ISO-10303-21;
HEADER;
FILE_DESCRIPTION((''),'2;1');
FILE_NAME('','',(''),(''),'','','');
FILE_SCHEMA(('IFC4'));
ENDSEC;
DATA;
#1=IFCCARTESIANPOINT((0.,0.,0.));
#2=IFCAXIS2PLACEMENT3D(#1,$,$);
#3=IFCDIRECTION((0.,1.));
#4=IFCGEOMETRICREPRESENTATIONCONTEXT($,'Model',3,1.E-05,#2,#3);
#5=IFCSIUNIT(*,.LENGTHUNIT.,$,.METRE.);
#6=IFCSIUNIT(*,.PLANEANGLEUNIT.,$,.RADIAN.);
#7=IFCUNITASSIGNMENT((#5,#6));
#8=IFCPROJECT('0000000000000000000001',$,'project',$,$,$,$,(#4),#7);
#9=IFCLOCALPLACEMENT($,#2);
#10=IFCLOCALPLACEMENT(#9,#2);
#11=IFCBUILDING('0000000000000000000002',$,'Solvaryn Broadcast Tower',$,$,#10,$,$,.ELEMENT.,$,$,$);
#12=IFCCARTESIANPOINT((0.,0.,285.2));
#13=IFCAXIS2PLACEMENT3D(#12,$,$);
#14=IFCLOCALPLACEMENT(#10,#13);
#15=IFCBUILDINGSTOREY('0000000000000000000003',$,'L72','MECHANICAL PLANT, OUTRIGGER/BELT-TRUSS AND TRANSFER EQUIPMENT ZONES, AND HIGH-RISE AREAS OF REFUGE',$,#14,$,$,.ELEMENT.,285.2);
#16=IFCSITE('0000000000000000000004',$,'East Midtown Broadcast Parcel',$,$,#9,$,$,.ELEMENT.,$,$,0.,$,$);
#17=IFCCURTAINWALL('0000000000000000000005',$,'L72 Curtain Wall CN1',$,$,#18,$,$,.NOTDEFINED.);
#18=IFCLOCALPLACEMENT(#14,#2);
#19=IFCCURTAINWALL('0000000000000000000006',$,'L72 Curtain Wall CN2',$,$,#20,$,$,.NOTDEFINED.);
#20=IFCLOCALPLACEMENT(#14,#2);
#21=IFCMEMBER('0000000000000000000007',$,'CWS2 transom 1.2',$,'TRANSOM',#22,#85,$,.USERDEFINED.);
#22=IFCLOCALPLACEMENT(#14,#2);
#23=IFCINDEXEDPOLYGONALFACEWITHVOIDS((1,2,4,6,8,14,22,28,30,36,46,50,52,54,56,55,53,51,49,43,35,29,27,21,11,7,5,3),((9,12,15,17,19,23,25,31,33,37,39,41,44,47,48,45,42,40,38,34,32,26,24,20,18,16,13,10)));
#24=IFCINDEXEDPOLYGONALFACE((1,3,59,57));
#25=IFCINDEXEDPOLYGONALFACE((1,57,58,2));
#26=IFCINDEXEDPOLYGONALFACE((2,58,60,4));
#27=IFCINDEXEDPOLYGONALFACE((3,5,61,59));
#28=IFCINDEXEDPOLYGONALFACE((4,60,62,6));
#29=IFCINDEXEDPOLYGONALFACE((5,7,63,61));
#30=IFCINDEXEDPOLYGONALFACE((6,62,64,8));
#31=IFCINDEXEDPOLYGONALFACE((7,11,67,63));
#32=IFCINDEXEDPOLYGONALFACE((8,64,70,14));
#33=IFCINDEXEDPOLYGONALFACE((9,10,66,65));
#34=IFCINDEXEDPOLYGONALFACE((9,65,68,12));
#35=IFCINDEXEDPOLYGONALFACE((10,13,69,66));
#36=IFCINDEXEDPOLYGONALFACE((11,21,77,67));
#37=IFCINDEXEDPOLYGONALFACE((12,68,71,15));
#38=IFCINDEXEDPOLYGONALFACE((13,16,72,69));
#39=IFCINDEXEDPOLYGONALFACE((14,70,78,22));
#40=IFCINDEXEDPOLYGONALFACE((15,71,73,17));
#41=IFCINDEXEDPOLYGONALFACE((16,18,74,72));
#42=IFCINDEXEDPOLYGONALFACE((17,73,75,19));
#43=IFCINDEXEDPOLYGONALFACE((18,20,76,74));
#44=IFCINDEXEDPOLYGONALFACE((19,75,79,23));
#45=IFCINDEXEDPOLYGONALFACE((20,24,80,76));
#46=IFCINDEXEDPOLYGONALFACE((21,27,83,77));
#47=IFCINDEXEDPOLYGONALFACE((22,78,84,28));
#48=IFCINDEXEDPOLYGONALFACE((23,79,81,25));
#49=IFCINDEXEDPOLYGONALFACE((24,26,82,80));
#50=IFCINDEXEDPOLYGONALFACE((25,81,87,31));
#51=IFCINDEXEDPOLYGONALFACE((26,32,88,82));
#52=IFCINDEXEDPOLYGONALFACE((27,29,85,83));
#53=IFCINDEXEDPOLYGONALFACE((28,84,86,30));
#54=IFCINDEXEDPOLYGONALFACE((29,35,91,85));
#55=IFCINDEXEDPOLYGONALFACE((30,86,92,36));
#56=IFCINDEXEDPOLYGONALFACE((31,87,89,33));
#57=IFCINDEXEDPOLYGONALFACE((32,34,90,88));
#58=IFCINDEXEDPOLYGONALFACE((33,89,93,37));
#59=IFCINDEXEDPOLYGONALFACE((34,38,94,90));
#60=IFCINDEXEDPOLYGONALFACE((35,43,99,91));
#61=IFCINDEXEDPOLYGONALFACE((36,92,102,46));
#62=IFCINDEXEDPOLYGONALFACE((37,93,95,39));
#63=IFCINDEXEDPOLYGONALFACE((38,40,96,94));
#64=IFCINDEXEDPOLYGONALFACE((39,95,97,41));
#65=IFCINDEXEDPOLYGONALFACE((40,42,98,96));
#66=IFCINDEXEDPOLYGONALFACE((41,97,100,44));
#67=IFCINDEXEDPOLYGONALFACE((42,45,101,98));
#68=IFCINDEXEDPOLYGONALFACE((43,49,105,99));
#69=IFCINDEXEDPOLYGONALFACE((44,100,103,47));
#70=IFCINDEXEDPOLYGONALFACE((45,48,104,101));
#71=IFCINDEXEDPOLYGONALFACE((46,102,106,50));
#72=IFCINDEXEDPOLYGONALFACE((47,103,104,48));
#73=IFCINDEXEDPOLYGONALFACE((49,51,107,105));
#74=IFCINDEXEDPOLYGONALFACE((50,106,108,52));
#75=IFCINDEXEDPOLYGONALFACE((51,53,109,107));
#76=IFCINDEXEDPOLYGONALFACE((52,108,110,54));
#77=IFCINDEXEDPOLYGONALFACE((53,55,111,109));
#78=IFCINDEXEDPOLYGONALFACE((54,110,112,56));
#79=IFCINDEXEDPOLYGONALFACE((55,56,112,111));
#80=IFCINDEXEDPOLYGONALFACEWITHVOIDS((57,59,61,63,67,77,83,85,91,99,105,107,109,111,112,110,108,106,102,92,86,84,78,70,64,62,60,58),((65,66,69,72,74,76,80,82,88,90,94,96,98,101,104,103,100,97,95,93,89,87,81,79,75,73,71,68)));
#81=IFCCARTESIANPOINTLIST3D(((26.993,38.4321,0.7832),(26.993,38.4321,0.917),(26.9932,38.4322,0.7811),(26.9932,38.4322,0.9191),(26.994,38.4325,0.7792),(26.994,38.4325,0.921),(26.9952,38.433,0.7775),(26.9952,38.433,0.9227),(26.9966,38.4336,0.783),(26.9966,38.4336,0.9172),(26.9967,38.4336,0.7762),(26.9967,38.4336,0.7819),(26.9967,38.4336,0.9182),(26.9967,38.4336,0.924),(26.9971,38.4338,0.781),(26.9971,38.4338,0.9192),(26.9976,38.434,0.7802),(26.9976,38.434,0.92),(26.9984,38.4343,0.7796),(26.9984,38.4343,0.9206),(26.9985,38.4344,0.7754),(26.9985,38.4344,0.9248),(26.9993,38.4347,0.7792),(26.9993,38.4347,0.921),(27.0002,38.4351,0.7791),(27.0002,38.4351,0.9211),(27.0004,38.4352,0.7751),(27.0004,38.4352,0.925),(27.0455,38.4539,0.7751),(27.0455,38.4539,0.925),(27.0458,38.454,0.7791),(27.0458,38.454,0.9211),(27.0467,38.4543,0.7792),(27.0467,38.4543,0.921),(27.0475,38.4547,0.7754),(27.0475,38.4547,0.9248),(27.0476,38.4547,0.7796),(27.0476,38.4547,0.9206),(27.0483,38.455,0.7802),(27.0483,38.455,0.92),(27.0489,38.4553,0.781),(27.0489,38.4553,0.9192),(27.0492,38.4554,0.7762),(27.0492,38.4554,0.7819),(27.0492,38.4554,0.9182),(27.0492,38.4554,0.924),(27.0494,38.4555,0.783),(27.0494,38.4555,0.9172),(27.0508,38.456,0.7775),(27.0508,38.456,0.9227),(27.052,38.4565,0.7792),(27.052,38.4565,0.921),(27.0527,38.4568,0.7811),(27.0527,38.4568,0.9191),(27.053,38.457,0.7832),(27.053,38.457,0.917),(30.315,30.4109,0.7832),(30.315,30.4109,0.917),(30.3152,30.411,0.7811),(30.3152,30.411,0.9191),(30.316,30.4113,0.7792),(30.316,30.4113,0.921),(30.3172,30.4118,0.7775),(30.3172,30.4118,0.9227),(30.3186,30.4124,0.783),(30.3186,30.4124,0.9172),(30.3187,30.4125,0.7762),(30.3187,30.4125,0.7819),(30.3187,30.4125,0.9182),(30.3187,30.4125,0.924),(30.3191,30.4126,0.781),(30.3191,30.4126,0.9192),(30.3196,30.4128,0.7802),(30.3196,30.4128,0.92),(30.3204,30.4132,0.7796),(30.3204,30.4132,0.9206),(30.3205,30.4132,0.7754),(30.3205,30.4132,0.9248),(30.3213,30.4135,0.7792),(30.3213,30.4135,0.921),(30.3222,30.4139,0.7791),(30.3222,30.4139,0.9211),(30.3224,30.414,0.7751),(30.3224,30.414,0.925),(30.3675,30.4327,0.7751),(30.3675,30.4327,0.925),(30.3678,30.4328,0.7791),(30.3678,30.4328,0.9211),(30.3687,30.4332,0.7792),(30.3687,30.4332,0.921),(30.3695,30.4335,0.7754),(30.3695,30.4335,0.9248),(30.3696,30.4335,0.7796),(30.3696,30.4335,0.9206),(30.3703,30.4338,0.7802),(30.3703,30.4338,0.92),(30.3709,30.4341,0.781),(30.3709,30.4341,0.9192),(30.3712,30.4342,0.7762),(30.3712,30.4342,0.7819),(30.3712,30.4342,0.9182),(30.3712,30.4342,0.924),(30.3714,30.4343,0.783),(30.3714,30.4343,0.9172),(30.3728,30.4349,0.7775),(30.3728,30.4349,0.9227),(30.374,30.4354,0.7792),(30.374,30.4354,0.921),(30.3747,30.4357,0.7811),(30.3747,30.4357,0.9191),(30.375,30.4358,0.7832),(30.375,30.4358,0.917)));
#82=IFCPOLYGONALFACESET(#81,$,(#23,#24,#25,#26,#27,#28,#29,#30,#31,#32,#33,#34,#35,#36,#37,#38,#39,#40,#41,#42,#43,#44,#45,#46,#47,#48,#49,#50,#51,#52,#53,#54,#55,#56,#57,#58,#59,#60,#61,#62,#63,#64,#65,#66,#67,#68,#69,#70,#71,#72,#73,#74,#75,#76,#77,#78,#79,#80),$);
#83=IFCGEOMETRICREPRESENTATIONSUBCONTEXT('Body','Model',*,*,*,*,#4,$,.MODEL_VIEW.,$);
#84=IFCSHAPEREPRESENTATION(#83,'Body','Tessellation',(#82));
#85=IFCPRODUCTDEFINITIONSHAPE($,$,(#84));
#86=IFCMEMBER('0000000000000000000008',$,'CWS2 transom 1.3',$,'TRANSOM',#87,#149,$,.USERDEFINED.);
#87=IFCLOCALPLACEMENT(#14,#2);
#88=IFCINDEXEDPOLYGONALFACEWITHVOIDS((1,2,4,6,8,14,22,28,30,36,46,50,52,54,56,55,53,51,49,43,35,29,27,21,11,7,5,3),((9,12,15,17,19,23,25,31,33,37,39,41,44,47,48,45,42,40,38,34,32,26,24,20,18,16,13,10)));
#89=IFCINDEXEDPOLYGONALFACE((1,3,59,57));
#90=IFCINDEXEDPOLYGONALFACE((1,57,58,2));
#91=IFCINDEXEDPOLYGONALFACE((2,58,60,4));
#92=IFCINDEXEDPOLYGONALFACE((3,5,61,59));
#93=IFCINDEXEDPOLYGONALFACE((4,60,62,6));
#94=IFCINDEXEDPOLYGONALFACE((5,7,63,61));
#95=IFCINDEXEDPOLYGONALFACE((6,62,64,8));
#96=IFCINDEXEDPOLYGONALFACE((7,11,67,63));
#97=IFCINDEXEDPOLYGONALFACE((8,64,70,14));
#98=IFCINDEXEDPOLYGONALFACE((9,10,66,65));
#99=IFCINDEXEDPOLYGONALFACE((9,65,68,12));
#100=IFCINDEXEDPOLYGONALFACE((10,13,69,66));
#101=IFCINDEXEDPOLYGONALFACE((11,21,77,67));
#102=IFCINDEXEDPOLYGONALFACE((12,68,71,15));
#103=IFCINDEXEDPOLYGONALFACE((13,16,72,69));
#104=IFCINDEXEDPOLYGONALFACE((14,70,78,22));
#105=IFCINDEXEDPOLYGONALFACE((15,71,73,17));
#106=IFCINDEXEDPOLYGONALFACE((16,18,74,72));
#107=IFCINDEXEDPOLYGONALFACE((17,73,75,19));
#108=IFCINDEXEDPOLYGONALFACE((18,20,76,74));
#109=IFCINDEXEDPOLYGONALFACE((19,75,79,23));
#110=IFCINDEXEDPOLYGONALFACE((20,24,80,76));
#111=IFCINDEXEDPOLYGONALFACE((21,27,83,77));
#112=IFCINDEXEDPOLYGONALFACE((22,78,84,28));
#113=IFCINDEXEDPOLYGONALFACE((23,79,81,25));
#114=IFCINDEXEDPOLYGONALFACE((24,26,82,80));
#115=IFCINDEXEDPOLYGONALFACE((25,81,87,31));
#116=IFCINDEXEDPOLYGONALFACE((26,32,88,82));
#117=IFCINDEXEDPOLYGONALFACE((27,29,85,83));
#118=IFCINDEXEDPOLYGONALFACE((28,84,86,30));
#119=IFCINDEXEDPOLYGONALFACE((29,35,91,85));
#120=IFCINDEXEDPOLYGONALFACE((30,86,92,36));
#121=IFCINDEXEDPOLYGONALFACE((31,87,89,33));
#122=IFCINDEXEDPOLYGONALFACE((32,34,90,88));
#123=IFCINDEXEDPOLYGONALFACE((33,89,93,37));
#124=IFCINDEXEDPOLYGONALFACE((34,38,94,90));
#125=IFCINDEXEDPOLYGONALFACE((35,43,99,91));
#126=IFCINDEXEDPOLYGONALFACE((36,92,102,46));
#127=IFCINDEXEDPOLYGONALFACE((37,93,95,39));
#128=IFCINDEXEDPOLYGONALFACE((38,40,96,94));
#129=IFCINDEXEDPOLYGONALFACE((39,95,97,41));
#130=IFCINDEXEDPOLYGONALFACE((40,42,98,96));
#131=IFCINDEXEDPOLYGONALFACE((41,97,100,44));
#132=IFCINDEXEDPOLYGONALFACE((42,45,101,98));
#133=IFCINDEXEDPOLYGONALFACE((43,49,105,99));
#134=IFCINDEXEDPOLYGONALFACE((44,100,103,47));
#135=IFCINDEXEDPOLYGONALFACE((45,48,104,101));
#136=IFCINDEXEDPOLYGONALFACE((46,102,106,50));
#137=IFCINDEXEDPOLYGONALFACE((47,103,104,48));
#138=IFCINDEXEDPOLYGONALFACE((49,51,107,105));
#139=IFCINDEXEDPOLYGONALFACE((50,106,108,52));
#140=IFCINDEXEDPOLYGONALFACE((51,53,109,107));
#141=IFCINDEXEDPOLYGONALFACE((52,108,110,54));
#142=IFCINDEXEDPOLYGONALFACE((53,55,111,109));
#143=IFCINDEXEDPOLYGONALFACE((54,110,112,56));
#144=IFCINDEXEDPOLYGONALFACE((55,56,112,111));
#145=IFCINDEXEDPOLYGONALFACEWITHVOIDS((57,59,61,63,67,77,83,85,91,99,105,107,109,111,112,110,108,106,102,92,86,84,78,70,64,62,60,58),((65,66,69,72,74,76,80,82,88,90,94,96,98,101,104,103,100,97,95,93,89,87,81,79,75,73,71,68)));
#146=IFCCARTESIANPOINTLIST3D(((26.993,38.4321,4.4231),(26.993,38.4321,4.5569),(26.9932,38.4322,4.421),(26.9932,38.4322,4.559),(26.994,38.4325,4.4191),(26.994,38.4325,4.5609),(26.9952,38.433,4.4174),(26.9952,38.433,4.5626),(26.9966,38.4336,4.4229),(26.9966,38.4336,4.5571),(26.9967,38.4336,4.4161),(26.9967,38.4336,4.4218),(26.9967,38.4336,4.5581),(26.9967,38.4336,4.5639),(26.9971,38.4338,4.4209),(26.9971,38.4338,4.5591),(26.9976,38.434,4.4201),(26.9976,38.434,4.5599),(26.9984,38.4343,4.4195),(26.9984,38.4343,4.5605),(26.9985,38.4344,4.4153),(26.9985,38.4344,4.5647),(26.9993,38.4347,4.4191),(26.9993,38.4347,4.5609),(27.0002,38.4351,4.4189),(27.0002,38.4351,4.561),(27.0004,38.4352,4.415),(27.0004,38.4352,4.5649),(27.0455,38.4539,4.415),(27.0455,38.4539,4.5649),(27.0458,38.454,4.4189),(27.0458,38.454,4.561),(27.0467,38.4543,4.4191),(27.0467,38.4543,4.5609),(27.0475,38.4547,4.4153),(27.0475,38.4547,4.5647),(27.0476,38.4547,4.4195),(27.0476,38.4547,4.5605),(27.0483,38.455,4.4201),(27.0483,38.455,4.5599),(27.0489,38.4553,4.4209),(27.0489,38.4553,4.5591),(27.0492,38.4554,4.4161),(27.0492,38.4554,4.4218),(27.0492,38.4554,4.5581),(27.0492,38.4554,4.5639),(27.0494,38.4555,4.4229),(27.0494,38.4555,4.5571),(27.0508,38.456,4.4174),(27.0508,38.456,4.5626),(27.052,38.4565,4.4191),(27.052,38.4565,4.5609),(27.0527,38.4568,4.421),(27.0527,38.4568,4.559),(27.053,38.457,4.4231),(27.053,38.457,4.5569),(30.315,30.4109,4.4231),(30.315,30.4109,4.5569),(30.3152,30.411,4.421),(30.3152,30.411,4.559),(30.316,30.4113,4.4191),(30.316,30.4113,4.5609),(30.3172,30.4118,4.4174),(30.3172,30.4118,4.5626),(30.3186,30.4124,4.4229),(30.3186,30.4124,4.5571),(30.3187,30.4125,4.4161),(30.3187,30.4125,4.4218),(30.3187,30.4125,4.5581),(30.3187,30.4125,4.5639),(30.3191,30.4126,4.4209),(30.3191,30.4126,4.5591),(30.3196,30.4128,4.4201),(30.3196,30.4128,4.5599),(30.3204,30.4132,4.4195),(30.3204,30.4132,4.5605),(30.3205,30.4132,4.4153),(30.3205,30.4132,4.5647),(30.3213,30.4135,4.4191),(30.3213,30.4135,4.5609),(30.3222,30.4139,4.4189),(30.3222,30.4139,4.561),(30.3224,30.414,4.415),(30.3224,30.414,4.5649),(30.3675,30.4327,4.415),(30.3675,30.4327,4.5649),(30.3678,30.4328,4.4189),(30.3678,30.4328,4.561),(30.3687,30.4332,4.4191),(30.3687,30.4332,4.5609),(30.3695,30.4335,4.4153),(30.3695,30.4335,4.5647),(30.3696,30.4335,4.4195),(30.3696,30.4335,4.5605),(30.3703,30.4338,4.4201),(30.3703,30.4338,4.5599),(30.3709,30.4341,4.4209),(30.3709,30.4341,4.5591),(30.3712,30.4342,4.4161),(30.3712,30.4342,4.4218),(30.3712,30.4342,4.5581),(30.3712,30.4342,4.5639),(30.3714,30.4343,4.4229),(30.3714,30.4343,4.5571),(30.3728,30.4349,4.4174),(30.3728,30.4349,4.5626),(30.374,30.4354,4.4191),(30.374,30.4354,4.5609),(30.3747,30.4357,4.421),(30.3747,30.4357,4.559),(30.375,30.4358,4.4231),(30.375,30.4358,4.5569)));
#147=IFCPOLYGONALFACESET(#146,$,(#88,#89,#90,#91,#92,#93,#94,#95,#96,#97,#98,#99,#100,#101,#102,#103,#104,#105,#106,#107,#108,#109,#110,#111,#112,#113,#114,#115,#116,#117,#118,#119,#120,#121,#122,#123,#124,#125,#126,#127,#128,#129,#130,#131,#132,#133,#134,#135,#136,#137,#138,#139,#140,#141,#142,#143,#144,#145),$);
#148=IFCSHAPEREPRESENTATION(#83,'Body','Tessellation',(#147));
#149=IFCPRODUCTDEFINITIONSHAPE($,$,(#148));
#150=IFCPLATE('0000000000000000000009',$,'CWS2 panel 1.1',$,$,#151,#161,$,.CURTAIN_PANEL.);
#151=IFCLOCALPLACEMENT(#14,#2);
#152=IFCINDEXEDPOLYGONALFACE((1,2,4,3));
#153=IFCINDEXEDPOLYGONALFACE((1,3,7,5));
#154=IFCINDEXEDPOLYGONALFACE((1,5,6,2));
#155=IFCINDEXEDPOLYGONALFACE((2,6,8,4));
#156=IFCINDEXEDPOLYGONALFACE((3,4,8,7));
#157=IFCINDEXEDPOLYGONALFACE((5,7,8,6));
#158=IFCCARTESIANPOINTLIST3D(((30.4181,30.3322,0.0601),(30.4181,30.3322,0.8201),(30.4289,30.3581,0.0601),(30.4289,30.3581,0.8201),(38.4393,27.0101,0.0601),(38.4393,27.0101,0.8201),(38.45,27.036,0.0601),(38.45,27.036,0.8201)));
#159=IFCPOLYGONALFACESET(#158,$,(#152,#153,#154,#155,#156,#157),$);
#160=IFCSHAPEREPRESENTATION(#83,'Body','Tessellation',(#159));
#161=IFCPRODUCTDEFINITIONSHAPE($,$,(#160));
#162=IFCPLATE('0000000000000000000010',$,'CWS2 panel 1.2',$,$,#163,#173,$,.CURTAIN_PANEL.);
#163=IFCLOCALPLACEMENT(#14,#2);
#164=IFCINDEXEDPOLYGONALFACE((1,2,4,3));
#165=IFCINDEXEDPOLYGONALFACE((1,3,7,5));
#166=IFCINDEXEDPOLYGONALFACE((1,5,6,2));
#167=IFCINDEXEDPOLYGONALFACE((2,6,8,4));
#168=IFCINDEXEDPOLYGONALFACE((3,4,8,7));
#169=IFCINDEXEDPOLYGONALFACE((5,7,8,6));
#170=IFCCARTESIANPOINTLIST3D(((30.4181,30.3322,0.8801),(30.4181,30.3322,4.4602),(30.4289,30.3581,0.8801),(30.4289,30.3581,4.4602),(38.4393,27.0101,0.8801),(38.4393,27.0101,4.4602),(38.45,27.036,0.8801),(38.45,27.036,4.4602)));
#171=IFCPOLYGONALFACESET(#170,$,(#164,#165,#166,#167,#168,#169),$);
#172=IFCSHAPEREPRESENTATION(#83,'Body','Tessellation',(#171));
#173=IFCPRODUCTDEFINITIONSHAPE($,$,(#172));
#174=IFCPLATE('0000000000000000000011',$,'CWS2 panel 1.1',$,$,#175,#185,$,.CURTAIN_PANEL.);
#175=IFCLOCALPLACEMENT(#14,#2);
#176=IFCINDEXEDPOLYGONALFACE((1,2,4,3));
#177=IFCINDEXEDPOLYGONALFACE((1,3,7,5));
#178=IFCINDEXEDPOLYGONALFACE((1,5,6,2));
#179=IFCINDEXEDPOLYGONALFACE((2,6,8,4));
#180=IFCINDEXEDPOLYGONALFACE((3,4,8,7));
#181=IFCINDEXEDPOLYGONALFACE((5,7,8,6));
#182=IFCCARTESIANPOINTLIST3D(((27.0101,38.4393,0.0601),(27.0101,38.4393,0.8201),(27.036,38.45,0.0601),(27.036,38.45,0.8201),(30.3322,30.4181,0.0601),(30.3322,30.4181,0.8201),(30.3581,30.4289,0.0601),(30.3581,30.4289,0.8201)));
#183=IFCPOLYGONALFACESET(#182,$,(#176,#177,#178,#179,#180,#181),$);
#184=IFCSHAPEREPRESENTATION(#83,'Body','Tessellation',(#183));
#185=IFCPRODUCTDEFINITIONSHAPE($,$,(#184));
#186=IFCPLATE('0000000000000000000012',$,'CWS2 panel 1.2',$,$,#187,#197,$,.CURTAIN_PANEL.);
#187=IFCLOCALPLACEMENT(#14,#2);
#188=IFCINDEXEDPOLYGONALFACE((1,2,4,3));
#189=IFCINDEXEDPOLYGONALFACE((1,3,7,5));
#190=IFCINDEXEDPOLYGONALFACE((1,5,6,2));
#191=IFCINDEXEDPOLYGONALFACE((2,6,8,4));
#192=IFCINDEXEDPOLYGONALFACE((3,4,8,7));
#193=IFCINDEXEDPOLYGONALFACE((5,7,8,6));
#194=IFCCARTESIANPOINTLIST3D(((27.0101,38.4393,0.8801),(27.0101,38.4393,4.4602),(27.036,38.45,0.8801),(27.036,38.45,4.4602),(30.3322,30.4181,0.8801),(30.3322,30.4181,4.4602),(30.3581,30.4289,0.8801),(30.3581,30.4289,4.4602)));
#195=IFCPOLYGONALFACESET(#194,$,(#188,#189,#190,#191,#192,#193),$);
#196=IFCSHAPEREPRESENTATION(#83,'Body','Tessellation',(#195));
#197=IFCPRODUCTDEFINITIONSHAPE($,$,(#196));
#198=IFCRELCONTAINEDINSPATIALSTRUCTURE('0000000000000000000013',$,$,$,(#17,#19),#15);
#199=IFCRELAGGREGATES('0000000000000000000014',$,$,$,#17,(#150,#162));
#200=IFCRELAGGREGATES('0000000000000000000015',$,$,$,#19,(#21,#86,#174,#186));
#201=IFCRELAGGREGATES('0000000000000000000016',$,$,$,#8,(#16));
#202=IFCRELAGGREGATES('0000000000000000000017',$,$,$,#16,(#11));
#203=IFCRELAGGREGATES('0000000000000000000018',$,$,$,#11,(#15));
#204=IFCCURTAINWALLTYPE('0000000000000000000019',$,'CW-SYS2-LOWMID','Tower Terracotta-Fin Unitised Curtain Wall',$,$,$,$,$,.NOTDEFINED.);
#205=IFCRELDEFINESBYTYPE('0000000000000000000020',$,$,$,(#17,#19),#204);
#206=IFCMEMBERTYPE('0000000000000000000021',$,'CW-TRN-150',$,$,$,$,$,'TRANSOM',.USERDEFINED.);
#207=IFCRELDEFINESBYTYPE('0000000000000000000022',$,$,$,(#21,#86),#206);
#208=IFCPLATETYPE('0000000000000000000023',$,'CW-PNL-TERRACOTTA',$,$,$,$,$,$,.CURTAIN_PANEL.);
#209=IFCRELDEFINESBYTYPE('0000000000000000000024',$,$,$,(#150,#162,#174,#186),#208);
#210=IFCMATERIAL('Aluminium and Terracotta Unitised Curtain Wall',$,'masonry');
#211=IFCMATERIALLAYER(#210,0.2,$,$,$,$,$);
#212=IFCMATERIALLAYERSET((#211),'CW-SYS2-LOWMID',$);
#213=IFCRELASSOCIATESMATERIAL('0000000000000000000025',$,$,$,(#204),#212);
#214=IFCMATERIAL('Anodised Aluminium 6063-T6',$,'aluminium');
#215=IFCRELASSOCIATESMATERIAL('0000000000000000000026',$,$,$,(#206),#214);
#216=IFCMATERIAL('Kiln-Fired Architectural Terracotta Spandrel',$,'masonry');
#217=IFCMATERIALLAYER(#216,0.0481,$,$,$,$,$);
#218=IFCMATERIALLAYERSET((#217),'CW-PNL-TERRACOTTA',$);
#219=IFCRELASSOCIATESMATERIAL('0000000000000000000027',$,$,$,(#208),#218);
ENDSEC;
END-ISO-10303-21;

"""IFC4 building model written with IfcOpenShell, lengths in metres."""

from ifc_helpers import new_model, si_unit, direction, frame, origin, origin_2d, place, context, subcontext, project, spatial, rectangle, hollow_rectangle, extrude, material, layer, layer_set, material_profile, profile_set, type_object, element, aggregate, save


model = new_model("IFC4")

# Units and contexts
model_context = context("Model", 3, precision=1e-05, world=origin(), true_north=direction((0.0, 1.0)))
body_context = subcontext(model_context, "Body", "Model", "MODEL_VIEW")
ifc_project = project(units=[si_unit("LENGTHUNIT", "METRE"), si_unit("PLANEANGLEUNIT", "RADIAN")], contexts=[model_context])

# Site, building, storey
site_placement = place(None, origin())
site = spatial("IfcSite", under=ifc_project, at=site_placement, Name="East Midtown Broadcast Parcel", CompositionType="ELEMENT", RefElevation=0.0)
building_placement = place(site_placement, origin())
building = spatial("IfcBuilding", under=site, at=building_placement, Name="Solvaryn Broadcast Tower", CompositionType="ELEMENT")
storey_placement = place(building_placement, frame((0.0, 0.0, 285.2)))
storey = spatial("IfcBuildingStorey", under=building, at=storey_placement, Name="L72", Description="MECHANICAL PLANT, OUTRIGGER/BELT-TRUSS AND TRANSFER EQUIPMENT ZONES, AND HIGH-RISE AREAS OF REFUGE", CompositionType="ELEMENT", Elevation=285.2)

# Curtain wall
ifc_material_1 = material(Name="Aluminium and Terracotta Unitised Curtain Wall", Category="masonry")
ifc_layer_1 = layer(ifc_material_1, 0.2)
ifc_layer_set_1 = layer_set([ifc_layer_1], Name="CW-SYS2-LOWMID")
curtain_wall_type = type_object("IfcCurtainWallType", Name="CW-SYS2-LOWMID", Description="Tower Terracotta-Fin Unitised Curtain Wall", PredefinedType="NOTDEFINED", material=ifc_layer_set_1)
curtain_wall_1_placement = place(storey_placement, origin())
curtain_wall_1 = element("IfcCurtainWall", 1, at=curtain_wall_1_placement, inside=storey, type_object=curtain_wall_type, Name="L72 Curtain Wall CN1", PredefinedType="NOTDEFINED")

# Curtain wall
curtain_wall_2_placement = place(storey_placement, origin())
curtain_wall_2 = element("IfcCurtainWall", 2, at=curtain_wall_2_placement, inside=storey, type_object=curtain_wall_type, Name="L72 Curtain Wall CN2", PredefinedType="NOTDEFINED")

# Members
ifc_material_2 = material(Name="Anodised Aluminium 6063-T6", Category="aluminium")
ifc_material_profile_1 = material_profile(ifc_material_2, hollow_rectangle(XDim=0.0649, YDim=0.1499, WallThickness=0.0039, InnerFilletRadius=0.0039, OuterFilletRadius=0.0081, at=origin_2d()))
ifc_profile_set_1 = profile_set([ifc_material_profile_1], Name="Anodised Aluminium 6063-T6")
member_type_1 = type_object("IfcMemberType", Name="CW-TRN-150", ElementType="TRANSOM", PredefinedType="USERDEFINED", material=ifc_profile_set_1)
member_1_placement = place(storey_placement, frame((30.345, 30.4233, 0.8501), z_axis=(-0.382636, 0.923899, 0.0), x_axis=(-0.923899, -0.382636, 0.0)))
member_1 = element("IfcMember", 3, at=member_1_placement, type_object=member_type_1, Name="CWS2 transom 1.2", ObjectType="TRANSOM", PredefinedType="USERDEFINED", context=body_context, shape_type="SweptSolid", body=[
    extrude(hollow_rectangle(XDim=0.0649, YDim=0.1499, WallThickness=0.0039, InnerFilletRadius=0.0039, OuterFilletRadius=0.0081, at=origin_2d()), origin(), (0.0, 0.0, 1.0), 8.6819),
])
member_2_placement = place(storey_placement, frame((30.345, 30.4233, 4.49), z_axis=(-0.382636, 0.923899, 0.0), x_axis=(-0.923899, -0.382636, 0.0)))
member_2 = element("IfcMember", 4, at=member_2_placement, type_object=member_type_1, Name="CWS2 transom 1.3", ObjectType="TRANSOM", PredefinedType="USERDEFINED", context=body_context, shape_type="SweptSolid", body=[
    extrude(hollow_rectangle(XDim=0.0649, YDim=0.1499, WallThickness=0.0039, InnerFilletRadius=0.0039, OuterFilletRadius=0.0081, at=origin_2d()), origin(), (0.0, 0.0, 1.0), 8.6819),
])

# Plates
ifc_material_3 = material(Name="Kiln-Fired Architectural Terracotta Spandrel", Category="masonry")
ifc_layer_2 = layer(ifc_material_3, 0.0481)
ifc_layer_set_2 = layer_set([ifc_layer_2], Name="CW-PNL-TERRACOTTA")
plate_type = type_object("IfcPlateType", Name="CW-PNL-TERRACOTTA", PredefinedType="CURTAIN_PANEL", material=ifc_layer_set_2)
plate_1_placement = place(storey_placement, frame((34.4341, 28.6841, 0.0601), z_axis=(0.0, 0.0, 1.0), x_axis=(-0.923895, 0.382646, 0.0)))
plate_1 = element("IfcPlate", 5, at=plate_1_placement, type_object=plate_type, Name="CWS2 panel 1.1", PredefinedType="CURTAIN_PANEL", context=body_context, shape_type="SweptSolid", body=[
    extrude(rectangle(XDim=8.6819, YDim=0.0281, at=origin_2d()), origin(), (0.0, 0.0, 1.0), 0.76),
])
plate_2_placement = place(storey_placement, frame((34.4341, 28.6841, 0.8801), z_axis=(0.0, 0.0, 1.0), x_axis=(-0.923895, 0.382646, 0.0)))
plate_2 = element("IfcPlate", 6, at=plate_2_placement, type_object=plate_type, Name="CWS2 panel 1.2", PredefinedType="CURTAIN_PANEL", context=body_context, shape_type="SweptSolid", body=[
    extrude(rectangle(XDim=8.6819, YDim=0.0281, at=origin_2d()), origin(), (0.0, 0.0, 1.0), 3.5801),
])
aggregate(curtain_wall_1, [plate_1, plate_2])
plate_3_placement = place(storey_placement, frame((28.6841, 34.4341, 0.0601), z_axis=(0.0, 0.0, 1.0), x_axis=(-0.382646, 0.923895, 0.0)))
plate_3 = element("IfcPlate", 7, at=plate_3_placement, type_object=plate_type, Name="CWS2 panel 1.1", PredefinedType="CURTAIN_PANEL", context=body_context, shape_type="SweptSolid", body=[
    extrude(rectangle(XDim=8.6819, YDim=0.0281, at=origin_2d()), origin(), (0.0, 0.0, 1.0), 0.76),
])
plate_4_placement = place(storey_placement, frame((28.6841, 34.4341, 0.8801), z_axis=(0.0, 0.0, 1.0), x_axis=(-0.382646, 0.923895, 0.0)))
plate_4 = element("IfcPlate", 8, at=plate_4_placement, type_object=plate_type, Name="CWS2 panel 1.2", PredefinedType="CURTAIN_PANEL", context=body_context, shape_type="SweptSolid", body=[
    extrude(rectangle(XDim=8.6819, YDim=0.0281, at=origin_2d()), origin(), (0.0, 0.0, 1.0), 3.5801),
])
aggregate(curtain_wall_2, [member_1, member_2, plate_3, plate_4])

save(model, "model.ifc")
